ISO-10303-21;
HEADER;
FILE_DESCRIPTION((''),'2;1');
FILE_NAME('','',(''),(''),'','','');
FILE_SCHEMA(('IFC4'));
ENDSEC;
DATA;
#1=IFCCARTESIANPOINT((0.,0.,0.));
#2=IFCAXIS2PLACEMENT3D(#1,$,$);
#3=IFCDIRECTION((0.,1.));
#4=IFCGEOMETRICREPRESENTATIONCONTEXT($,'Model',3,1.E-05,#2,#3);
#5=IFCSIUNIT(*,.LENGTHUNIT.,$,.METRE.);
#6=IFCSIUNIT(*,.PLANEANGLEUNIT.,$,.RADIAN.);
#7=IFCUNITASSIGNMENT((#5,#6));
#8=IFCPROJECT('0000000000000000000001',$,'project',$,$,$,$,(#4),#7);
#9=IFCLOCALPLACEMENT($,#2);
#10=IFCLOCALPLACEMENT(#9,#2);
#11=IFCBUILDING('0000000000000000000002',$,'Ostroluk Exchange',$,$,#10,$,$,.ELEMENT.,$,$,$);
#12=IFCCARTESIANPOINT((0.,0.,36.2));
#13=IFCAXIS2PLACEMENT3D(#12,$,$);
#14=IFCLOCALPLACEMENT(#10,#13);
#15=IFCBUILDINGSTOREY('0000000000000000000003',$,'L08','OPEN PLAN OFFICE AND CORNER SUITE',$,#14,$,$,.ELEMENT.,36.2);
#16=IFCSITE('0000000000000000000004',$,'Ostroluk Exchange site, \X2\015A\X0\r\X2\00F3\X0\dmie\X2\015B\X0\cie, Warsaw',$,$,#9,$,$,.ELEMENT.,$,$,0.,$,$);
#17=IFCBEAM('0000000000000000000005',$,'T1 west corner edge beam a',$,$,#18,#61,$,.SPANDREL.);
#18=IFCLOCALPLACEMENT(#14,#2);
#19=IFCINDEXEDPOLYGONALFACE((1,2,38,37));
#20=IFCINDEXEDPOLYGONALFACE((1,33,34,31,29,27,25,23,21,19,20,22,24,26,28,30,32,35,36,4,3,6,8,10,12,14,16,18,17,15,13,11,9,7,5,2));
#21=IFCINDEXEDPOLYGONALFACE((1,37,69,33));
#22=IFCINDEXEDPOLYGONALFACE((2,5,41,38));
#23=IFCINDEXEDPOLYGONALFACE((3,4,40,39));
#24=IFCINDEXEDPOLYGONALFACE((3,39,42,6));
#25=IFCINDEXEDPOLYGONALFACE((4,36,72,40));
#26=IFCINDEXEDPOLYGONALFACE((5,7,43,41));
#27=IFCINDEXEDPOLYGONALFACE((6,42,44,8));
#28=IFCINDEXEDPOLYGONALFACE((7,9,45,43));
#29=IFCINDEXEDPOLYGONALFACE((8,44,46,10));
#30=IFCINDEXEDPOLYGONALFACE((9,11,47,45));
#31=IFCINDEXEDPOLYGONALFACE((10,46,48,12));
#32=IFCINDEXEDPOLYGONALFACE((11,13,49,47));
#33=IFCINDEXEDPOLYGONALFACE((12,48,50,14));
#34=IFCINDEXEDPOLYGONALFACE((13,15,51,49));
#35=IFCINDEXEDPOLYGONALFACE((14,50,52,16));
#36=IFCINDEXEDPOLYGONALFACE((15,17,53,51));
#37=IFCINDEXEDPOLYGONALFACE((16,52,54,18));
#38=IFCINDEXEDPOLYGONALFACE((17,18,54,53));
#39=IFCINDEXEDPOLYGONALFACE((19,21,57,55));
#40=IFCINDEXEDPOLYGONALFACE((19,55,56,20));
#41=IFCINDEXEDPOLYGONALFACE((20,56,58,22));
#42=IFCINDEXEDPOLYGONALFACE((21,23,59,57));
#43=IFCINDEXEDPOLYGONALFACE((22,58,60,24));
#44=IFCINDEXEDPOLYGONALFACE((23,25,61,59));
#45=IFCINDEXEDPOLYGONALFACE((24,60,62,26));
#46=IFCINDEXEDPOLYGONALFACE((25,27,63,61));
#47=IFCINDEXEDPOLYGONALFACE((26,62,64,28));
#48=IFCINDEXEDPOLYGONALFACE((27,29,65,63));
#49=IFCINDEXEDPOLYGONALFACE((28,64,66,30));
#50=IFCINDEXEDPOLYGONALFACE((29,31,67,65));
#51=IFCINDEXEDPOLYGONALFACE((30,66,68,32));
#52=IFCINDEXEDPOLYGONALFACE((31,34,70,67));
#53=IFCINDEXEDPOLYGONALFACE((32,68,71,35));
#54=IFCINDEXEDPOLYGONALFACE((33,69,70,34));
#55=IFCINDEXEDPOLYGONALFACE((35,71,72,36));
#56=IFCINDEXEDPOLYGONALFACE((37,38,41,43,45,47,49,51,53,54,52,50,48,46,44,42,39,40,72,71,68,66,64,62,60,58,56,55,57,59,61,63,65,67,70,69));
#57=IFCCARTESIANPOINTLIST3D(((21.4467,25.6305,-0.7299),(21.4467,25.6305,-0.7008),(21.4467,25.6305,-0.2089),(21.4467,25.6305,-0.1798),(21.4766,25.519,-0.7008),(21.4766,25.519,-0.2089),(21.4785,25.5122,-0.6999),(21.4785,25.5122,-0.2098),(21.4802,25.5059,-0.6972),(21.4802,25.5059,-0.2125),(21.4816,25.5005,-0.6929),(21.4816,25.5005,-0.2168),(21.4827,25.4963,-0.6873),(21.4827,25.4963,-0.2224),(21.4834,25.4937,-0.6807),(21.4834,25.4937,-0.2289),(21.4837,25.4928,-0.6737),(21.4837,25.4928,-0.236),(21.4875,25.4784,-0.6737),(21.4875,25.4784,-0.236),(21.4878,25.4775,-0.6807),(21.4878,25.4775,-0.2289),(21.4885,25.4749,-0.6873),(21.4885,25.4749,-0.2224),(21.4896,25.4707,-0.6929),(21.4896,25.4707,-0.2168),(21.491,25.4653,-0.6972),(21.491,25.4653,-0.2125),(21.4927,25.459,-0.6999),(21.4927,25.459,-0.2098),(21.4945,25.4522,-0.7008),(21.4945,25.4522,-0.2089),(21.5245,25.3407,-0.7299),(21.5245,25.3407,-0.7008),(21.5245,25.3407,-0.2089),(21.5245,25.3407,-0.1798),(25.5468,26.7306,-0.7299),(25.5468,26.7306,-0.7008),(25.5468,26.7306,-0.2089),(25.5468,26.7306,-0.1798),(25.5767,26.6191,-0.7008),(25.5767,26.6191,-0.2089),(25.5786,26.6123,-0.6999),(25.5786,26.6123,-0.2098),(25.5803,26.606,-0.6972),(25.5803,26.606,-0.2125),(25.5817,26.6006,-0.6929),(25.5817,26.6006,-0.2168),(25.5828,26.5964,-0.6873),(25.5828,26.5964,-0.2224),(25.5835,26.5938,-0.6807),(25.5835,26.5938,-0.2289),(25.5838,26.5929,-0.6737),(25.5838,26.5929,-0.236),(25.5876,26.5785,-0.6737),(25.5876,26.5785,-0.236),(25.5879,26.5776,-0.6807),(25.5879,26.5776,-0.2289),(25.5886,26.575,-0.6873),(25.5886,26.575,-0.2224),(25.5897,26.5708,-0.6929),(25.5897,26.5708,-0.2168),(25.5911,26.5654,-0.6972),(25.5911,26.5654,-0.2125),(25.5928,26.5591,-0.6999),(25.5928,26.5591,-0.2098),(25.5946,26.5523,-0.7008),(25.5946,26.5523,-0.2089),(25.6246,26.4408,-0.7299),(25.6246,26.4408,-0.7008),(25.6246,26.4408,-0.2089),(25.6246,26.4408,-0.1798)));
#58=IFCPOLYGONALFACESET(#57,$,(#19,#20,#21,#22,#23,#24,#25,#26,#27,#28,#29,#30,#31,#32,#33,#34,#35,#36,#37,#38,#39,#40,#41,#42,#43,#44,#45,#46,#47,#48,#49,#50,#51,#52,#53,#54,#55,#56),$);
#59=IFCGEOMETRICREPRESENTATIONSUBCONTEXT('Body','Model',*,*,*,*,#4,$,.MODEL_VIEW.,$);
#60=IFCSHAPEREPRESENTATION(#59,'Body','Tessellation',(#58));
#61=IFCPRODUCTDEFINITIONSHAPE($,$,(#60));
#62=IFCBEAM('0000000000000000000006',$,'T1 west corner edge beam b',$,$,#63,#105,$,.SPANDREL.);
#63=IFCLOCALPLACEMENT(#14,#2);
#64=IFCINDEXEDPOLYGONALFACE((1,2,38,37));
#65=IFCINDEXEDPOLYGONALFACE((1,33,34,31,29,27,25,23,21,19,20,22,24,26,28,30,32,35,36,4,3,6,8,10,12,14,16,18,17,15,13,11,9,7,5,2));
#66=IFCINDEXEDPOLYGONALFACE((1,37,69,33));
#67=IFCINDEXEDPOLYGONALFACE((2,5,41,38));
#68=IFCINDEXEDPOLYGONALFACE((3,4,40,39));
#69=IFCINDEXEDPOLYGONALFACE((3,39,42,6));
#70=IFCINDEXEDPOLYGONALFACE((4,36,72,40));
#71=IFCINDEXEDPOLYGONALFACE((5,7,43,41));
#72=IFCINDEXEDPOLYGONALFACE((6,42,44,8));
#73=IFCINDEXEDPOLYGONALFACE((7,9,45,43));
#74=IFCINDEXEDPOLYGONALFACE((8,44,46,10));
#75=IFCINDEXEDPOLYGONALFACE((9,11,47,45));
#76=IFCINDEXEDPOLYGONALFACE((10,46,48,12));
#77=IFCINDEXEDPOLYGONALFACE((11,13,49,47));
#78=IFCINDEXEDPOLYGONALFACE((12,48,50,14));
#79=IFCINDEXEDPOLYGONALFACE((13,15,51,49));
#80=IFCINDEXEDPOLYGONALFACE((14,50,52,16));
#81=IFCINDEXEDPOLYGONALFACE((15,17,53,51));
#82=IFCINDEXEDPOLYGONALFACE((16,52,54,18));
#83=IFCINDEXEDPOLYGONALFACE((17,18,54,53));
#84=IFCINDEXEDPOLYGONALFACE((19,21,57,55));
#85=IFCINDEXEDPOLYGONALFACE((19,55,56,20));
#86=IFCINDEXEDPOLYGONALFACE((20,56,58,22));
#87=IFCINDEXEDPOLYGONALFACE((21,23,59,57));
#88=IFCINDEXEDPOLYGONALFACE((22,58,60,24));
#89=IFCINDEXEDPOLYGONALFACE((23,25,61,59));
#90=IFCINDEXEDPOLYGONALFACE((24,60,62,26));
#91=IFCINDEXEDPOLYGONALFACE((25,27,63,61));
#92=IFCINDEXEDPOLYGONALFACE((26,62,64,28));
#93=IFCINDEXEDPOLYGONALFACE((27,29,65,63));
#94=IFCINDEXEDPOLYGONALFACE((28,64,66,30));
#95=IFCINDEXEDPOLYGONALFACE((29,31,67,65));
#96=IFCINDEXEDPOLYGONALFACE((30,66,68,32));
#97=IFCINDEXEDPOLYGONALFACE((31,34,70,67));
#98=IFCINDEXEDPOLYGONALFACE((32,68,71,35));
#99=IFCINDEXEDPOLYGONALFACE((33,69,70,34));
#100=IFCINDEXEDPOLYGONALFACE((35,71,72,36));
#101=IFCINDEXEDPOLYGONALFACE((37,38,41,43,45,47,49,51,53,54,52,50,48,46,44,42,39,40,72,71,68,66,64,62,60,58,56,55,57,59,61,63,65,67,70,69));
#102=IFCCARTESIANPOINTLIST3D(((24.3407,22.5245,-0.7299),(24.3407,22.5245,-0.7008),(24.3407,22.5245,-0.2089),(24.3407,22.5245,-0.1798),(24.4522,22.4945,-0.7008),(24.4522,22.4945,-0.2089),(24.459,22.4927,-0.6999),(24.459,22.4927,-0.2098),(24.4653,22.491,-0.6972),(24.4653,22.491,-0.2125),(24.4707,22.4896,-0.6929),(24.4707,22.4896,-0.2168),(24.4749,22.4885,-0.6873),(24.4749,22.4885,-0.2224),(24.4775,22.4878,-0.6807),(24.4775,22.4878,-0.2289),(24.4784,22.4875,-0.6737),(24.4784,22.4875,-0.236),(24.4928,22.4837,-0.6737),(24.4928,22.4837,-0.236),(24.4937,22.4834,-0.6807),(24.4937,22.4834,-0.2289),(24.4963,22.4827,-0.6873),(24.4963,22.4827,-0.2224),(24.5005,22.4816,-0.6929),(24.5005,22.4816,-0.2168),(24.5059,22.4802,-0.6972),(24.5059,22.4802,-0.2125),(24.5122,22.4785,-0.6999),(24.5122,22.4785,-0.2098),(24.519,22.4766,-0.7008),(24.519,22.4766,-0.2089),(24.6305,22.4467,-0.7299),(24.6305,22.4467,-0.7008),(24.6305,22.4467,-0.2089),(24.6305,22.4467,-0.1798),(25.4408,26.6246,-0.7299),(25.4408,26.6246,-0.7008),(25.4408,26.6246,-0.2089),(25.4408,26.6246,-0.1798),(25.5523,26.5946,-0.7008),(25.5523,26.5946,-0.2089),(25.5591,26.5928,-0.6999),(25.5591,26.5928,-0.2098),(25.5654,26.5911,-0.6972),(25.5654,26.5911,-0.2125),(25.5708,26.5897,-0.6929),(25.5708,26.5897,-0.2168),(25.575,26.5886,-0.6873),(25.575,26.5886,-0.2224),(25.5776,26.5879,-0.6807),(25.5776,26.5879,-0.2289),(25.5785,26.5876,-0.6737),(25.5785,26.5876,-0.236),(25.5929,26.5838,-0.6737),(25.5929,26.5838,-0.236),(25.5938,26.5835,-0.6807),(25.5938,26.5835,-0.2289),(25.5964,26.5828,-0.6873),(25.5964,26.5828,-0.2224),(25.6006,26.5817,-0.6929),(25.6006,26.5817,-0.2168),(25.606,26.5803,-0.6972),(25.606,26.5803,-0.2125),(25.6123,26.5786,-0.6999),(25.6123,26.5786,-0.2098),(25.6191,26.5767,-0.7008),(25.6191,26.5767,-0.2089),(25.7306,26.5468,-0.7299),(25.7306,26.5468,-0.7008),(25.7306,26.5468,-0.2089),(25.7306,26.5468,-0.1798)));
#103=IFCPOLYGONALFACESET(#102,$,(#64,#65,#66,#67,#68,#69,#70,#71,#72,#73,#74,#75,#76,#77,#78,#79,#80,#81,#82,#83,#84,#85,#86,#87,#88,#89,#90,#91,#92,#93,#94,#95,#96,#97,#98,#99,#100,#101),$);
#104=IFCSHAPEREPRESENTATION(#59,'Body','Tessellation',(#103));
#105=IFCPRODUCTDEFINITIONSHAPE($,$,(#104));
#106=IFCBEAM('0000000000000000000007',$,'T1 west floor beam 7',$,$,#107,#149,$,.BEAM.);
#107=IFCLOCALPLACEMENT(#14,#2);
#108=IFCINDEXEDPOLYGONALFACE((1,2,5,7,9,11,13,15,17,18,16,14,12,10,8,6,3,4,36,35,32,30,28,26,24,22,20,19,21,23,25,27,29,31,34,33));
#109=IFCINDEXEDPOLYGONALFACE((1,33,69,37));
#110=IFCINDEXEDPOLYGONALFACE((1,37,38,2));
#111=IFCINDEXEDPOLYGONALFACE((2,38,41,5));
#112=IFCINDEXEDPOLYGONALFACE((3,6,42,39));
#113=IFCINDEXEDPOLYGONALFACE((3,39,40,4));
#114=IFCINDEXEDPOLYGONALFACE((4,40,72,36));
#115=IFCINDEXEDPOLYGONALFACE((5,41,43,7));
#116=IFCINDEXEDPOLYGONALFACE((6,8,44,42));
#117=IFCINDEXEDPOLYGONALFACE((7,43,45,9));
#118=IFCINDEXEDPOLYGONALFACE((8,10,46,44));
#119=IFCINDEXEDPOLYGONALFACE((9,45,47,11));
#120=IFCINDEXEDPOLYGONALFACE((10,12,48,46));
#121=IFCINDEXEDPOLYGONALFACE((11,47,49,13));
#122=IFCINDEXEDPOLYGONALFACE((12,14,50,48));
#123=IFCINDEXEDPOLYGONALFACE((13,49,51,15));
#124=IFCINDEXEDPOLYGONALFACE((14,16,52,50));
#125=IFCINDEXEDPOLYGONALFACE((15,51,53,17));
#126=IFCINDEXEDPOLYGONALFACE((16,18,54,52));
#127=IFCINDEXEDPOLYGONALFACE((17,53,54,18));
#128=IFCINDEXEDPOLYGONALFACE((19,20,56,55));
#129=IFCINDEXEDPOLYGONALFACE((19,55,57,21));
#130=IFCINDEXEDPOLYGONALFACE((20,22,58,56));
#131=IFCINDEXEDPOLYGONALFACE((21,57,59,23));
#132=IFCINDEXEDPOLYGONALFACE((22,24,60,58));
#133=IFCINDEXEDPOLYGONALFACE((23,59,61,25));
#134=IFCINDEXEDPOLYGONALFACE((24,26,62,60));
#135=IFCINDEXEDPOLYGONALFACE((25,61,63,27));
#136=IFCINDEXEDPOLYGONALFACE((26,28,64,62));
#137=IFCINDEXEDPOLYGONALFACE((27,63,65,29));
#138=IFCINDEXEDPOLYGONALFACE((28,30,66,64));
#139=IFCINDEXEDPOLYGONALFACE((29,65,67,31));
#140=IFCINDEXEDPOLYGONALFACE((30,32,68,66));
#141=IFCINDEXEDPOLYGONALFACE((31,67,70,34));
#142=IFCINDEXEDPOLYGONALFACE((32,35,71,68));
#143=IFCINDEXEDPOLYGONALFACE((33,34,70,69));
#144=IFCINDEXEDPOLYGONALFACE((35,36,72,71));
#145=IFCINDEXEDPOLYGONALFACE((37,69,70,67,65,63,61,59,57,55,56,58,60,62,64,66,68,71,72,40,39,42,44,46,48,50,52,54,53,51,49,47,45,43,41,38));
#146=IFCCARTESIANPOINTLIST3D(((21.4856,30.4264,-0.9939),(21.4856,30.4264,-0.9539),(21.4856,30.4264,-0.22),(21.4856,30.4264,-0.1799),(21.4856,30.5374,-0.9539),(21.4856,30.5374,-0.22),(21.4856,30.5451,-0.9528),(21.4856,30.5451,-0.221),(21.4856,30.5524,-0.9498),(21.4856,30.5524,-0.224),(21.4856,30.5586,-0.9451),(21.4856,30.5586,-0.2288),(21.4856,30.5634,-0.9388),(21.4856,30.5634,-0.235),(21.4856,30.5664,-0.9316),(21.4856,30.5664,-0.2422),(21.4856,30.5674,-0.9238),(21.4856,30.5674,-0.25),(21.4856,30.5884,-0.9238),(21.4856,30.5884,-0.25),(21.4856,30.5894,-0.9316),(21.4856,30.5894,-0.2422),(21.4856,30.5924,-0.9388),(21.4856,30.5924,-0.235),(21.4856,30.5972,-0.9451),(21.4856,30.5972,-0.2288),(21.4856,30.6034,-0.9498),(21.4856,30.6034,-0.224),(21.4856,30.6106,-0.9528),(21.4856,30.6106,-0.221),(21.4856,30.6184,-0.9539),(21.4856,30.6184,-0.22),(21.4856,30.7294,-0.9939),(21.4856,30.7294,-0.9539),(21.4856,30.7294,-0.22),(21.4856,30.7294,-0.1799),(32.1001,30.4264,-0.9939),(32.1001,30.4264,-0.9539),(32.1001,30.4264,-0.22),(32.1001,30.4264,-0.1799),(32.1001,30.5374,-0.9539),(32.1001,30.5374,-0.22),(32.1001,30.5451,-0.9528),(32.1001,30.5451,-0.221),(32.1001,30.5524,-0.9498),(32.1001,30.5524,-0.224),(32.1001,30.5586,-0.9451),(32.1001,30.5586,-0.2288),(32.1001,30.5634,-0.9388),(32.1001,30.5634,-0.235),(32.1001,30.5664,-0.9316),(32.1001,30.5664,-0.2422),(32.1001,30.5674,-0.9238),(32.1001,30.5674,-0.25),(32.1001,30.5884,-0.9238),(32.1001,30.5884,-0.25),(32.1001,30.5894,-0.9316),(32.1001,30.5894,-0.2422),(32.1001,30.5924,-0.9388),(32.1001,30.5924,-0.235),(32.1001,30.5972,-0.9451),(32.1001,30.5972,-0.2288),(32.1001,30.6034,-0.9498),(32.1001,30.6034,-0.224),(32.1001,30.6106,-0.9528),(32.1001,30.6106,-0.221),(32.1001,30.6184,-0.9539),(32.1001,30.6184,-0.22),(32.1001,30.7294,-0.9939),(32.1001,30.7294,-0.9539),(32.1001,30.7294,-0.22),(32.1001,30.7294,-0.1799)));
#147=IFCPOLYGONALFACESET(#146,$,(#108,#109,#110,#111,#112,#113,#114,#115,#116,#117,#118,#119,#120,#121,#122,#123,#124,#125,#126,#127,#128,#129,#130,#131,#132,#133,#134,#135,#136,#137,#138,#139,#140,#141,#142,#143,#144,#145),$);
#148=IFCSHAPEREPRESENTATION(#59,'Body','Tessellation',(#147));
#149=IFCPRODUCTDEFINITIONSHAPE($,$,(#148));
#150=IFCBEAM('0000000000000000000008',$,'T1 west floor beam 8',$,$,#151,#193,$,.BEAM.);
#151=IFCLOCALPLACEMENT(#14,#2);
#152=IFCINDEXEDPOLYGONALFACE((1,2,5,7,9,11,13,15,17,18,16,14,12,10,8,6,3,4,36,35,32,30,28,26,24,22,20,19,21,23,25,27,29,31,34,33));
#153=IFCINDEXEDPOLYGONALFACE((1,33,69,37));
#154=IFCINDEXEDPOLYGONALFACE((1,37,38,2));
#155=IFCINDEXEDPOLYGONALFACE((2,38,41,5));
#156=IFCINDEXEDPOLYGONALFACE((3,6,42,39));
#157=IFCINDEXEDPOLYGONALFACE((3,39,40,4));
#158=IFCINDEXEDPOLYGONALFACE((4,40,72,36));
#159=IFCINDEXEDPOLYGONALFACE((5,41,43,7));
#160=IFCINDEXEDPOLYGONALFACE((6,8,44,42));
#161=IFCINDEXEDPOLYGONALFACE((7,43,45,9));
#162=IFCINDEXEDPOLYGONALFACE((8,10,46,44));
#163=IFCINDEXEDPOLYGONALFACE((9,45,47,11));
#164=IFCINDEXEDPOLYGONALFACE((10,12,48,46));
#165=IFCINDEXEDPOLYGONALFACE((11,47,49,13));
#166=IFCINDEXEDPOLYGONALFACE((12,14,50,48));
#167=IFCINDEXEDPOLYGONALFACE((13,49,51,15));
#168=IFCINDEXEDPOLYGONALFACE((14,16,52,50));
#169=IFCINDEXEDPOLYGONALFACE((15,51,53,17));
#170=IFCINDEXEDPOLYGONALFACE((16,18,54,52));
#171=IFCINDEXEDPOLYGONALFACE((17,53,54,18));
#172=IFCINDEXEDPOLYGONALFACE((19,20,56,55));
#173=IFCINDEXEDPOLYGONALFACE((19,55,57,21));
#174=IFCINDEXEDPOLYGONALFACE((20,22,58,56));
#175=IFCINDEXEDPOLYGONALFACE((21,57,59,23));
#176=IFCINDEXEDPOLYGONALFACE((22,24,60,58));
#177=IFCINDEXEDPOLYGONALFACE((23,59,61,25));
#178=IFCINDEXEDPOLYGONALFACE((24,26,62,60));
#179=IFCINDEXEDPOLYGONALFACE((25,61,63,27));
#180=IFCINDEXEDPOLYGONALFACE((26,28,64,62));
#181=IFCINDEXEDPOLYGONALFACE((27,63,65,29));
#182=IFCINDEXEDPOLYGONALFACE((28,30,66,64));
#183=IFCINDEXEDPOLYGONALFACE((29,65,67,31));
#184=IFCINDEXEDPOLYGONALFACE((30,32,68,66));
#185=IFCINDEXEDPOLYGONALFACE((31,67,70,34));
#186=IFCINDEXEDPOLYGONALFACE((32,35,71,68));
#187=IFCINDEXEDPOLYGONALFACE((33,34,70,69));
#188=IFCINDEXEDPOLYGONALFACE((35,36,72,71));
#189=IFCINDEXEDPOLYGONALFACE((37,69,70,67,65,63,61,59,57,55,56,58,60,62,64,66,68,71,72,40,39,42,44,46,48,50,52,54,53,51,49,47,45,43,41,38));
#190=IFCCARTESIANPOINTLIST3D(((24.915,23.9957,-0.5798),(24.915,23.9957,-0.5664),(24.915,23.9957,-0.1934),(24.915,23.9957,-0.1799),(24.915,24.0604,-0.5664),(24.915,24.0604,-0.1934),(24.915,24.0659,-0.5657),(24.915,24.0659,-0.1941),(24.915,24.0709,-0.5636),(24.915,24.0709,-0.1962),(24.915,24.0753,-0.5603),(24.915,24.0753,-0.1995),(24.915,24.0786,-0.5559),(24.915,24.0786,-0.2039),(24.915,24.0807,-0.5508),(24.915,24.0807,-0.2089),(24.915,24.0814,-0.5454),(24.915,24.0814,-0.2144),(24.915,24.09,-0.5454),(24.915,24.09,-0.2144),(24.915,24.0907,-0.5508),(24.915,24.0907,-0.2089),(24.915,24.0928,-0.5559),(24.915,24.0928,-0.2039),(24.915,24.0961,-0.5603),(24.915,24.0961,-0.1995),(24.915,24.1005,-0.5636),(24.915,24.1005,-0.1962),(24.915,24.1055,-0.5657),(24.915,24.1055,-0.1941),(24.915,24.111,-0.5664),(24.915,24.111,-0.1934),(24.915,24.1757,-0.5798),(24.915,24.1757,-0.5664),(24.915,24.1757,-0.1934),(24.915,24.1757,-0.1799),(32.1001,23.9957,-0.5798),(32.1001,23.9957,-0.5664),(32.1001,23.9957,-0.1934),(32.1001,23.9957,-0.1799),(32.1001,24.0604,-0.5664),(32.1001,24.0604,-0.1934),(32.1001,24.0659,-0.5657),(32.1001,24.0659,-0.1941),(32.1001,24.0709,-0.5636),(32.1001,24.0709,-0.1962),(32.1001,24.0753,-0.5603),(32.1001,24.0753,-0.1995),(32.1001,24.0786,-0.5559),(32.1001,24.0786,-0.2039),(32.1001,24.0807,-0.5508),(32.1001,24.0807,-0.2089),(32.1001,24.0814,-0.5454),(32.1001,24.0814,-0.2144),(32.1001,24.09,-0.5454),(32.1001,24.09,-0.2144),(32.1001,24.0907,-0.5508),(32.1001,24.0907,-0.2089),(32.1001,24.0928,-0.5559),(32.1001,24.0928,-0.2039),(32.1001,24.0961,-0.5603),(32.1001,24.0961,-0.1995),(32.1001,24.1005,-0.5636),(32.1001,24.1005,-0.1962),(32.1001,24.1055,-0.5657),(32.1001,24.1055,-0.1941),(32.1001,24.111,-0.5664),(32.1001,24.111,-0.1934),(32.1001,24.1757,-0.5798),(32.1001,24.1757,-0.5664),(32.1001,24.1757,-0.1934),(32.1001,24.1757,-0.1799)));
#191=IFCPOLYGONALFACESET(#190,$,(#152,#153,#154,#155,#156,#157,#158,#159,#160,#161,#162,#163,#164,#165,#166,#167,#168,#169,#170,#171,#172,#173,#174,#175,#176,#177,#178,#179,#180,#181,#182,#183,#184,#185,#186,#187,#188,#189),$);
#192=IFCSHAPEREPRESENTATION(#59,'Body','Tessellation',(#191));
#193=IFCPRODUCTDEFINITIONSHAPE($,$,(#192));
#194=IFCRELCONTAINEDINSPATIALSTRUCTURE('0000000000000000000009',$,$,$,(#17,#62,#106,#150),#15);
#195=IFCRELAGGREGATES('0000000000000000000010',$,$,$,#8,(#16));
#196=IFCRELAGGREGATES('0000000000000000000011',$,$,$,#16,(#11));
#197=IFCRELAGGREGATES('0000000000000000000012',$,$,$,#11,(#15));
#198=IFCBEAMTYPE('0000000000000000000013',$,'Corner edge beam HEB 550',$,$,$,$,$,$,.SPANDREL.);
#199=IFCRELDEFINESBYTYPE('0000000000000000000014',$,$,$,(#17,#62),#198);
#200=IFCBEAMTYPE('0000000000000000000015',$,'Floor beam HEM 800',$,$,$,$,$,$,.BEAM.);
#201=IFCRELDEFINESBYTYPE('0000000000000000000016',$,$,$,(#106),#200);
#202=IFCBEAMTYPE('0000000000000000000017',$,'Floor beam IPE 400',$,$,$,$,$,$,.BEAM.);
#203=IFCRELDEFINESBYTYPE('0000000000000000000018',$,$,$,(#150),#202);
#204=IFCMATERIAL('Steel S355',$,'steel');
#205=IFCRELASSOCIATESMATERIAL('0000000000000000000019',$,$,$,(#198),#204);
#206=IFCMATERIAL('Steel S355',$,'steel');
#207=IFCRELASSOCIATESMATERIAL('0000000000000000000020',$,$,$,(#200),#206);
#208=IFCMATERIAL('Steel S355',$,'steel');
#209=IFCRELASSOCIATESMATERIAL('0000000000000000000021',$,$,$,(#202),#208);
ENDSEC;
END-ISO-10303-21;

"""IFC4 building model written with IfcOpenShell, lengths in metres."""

from ifc_helpers import new_model, si_unit, direction, frame, origin, origin_2d, place, context, subcontext, project, spatial, i_section, extrude, material, material_profile, profile_set, type_object, element, save


model = new_model("IFC4")

# Units and contexts
model_context = context("Model", 3, precision=1e-05, world=origin(), true_north=direction((0.0, 1.0)))
body_context = subcontext(model_context, "Body", "Model", "MODEL_VIEW")
ifc_project = project(units=[si_unit("LENGTHUNIT", "METRE"), si_unit("PLANEANGLEUNIT", "RADIAN")], contexts=[model_context])

# Site, building, storey
site_placement = place(None, origin())
site = spatial("IfcSite", under=ifc_project, at=site_placement, Name="Ostroluk Exchange site, Śródmieście, Warsaw", CompositionType="ELEMENT", RefElevation=0.0)
building_placement = place(site_placement, origin())
building = spatial("IfcBuilding", under=site, at=building_placement, Name="Ostroluk Exchange", CompositionType="ELEMENT")
storey_placement = place(building_placement, frame((0.0, 0.0, 36.2)))
storey = spatial("IfcBuildingStorey", under=building, at=storey_placement, Name="L08", Description="OPEN PLAN OFFICE AND CORNER SUITE", CompositionType="ELEMENT", Elevation=36.2)

# Beams
ifc_material_1 = material(Name="Steel S355", Category="steel")
ifc_material_profile_1 = material_profile(ifc_material_1, i_section(OverallWidth=0.3, OverallDepth=0.55, WebThickness=0.0149, FlangeThickness=0.0291, FilletRadius=0.0271, at=origin_2d()), Name="HEB 550")
ifc_profile_set_1 = profile_set([ifc_material_profile_1], Name="Steel S355")
beam_type_1 = type_object("IfcBeamType", Name="Corner edge beam HEB 550", PredefinedType="SPANDREL", material=ifc_profile_set_1)
for number, where, z_axis, x_axis, name in (
    (1, (25.5857, 26.5857, -0.4548), (-0.965839, -0.259144, 0.0), (0.259144, -0.965839, 0.0), "T1 west corner edge beam a"),
    (2, (25.5857, 26.5857, -0.4548), (-0.259144, -0.965839, 0.0), (0.965839, -0.259144, 0.0), "T1 west corner edge beam b"),
):
    element("IfcBeam", number, at=place(storey_placement, frame(where, z_axis=z_axis, x_axis=x_axis)), inside=storey, type_object=beam_type_1, Name=name, PredefinedType="SPANDREL", context=body_context, shape_type="SweptSolid", body=[
        extrude(i_section(OverallWidth=0.3, OverallDepth=0.55, WebThickness=0.0149, FlangeThickness=0.0291, FilletRadius=0.0271, at=origin_2d()), origin(), (0.0, 0.0, 1.0), 4.2451),
    ])
ifc_material_2 = material(Name="Steel S355", Category="steel")
ifc_material_profile_2 = material_profile(ifc_material_2, i_section(OverallWidth=0.303, OverallDepth=0.814, WebThickness=0.021, FlangeThickness=0.04, FilletRadius=0.03, at=origin_2d()), Name="HEM 800")
ifc_profile_set_2 = profile_set([ifc_material_profile_2], Name="Steel S355")
beam_type_2 = type_object("IfcBeamType", Name="Floor beam HEM 800", PredefinedType="BEAM", material=ifc_profile_set_2)
beam_1_placement = place(storey_placement, frame((32.1001, 30.5779, -0.5869), z_axis=(-1.0, 0.0, 0.0), x_axis=(0.0, -1.0, 0.0)))
element("IfcBeam", 3, at=beam_1_placement, inside=storey, type_object=beam_type_2, Name="T1 west floor beam 7", PredefinedType="BEAM", context=body_context, shape_type="SweptSolid", body=[
    extrude(i_section(OverallWidth=0.303, OverallDepth=0.814, WebThickness=0.021, FlangeThickness=0.04, FilletRadius=0.03, at=origin_2d()), origin(), (0.0, 0.0, 1.0), 10.6145),
])
ifc_material_3 = material(Name="Steel S355", Category="steel")
ifc_material_profile_3 = material_profile(ifc_material_3, i_section(OverallWidth=0.1799, OverallDepth=0.3999, WebThickness=0.0085, FlangeThickness=0.0134, FilletRadius=0.021, at=origin_2d()), Name="IPE 400")
ifc_profile_set_3 = profile_set([ifc_material_profile_3], Name="Steel S355")
beam_type_3 = type_object("IfcBeamType", Name="Floor beam IPE 400", PredefinedType="BEAM", material=ifc_profile_set_3)
beam_2_placement = place(storey_placement, frame((32.1001, 24.0857, -0.3799), z_axis=(-1.0, 0.0, 0.0), x_axis=(0.0, -1.0, 0.0)))
element("IfcBeam", 4, at=beam_2_placement, inside=storey, type_object=beam_type_3, Name="T1 west floor beam 8", PredefinedType="BEAM", context=body_context, shape_type="SweptSolid", body=[
    extrude(i_section(OverallWidth=0.1799, OverallDepth=0.3999, WebThickness=0.0085, FlangeThickness=0.0134, FilletRadius=0.021, at=origin_2d()), origin(), (0.0, 0.0, 1.0), 7.1851),
])

save(model, "model.ifc")
